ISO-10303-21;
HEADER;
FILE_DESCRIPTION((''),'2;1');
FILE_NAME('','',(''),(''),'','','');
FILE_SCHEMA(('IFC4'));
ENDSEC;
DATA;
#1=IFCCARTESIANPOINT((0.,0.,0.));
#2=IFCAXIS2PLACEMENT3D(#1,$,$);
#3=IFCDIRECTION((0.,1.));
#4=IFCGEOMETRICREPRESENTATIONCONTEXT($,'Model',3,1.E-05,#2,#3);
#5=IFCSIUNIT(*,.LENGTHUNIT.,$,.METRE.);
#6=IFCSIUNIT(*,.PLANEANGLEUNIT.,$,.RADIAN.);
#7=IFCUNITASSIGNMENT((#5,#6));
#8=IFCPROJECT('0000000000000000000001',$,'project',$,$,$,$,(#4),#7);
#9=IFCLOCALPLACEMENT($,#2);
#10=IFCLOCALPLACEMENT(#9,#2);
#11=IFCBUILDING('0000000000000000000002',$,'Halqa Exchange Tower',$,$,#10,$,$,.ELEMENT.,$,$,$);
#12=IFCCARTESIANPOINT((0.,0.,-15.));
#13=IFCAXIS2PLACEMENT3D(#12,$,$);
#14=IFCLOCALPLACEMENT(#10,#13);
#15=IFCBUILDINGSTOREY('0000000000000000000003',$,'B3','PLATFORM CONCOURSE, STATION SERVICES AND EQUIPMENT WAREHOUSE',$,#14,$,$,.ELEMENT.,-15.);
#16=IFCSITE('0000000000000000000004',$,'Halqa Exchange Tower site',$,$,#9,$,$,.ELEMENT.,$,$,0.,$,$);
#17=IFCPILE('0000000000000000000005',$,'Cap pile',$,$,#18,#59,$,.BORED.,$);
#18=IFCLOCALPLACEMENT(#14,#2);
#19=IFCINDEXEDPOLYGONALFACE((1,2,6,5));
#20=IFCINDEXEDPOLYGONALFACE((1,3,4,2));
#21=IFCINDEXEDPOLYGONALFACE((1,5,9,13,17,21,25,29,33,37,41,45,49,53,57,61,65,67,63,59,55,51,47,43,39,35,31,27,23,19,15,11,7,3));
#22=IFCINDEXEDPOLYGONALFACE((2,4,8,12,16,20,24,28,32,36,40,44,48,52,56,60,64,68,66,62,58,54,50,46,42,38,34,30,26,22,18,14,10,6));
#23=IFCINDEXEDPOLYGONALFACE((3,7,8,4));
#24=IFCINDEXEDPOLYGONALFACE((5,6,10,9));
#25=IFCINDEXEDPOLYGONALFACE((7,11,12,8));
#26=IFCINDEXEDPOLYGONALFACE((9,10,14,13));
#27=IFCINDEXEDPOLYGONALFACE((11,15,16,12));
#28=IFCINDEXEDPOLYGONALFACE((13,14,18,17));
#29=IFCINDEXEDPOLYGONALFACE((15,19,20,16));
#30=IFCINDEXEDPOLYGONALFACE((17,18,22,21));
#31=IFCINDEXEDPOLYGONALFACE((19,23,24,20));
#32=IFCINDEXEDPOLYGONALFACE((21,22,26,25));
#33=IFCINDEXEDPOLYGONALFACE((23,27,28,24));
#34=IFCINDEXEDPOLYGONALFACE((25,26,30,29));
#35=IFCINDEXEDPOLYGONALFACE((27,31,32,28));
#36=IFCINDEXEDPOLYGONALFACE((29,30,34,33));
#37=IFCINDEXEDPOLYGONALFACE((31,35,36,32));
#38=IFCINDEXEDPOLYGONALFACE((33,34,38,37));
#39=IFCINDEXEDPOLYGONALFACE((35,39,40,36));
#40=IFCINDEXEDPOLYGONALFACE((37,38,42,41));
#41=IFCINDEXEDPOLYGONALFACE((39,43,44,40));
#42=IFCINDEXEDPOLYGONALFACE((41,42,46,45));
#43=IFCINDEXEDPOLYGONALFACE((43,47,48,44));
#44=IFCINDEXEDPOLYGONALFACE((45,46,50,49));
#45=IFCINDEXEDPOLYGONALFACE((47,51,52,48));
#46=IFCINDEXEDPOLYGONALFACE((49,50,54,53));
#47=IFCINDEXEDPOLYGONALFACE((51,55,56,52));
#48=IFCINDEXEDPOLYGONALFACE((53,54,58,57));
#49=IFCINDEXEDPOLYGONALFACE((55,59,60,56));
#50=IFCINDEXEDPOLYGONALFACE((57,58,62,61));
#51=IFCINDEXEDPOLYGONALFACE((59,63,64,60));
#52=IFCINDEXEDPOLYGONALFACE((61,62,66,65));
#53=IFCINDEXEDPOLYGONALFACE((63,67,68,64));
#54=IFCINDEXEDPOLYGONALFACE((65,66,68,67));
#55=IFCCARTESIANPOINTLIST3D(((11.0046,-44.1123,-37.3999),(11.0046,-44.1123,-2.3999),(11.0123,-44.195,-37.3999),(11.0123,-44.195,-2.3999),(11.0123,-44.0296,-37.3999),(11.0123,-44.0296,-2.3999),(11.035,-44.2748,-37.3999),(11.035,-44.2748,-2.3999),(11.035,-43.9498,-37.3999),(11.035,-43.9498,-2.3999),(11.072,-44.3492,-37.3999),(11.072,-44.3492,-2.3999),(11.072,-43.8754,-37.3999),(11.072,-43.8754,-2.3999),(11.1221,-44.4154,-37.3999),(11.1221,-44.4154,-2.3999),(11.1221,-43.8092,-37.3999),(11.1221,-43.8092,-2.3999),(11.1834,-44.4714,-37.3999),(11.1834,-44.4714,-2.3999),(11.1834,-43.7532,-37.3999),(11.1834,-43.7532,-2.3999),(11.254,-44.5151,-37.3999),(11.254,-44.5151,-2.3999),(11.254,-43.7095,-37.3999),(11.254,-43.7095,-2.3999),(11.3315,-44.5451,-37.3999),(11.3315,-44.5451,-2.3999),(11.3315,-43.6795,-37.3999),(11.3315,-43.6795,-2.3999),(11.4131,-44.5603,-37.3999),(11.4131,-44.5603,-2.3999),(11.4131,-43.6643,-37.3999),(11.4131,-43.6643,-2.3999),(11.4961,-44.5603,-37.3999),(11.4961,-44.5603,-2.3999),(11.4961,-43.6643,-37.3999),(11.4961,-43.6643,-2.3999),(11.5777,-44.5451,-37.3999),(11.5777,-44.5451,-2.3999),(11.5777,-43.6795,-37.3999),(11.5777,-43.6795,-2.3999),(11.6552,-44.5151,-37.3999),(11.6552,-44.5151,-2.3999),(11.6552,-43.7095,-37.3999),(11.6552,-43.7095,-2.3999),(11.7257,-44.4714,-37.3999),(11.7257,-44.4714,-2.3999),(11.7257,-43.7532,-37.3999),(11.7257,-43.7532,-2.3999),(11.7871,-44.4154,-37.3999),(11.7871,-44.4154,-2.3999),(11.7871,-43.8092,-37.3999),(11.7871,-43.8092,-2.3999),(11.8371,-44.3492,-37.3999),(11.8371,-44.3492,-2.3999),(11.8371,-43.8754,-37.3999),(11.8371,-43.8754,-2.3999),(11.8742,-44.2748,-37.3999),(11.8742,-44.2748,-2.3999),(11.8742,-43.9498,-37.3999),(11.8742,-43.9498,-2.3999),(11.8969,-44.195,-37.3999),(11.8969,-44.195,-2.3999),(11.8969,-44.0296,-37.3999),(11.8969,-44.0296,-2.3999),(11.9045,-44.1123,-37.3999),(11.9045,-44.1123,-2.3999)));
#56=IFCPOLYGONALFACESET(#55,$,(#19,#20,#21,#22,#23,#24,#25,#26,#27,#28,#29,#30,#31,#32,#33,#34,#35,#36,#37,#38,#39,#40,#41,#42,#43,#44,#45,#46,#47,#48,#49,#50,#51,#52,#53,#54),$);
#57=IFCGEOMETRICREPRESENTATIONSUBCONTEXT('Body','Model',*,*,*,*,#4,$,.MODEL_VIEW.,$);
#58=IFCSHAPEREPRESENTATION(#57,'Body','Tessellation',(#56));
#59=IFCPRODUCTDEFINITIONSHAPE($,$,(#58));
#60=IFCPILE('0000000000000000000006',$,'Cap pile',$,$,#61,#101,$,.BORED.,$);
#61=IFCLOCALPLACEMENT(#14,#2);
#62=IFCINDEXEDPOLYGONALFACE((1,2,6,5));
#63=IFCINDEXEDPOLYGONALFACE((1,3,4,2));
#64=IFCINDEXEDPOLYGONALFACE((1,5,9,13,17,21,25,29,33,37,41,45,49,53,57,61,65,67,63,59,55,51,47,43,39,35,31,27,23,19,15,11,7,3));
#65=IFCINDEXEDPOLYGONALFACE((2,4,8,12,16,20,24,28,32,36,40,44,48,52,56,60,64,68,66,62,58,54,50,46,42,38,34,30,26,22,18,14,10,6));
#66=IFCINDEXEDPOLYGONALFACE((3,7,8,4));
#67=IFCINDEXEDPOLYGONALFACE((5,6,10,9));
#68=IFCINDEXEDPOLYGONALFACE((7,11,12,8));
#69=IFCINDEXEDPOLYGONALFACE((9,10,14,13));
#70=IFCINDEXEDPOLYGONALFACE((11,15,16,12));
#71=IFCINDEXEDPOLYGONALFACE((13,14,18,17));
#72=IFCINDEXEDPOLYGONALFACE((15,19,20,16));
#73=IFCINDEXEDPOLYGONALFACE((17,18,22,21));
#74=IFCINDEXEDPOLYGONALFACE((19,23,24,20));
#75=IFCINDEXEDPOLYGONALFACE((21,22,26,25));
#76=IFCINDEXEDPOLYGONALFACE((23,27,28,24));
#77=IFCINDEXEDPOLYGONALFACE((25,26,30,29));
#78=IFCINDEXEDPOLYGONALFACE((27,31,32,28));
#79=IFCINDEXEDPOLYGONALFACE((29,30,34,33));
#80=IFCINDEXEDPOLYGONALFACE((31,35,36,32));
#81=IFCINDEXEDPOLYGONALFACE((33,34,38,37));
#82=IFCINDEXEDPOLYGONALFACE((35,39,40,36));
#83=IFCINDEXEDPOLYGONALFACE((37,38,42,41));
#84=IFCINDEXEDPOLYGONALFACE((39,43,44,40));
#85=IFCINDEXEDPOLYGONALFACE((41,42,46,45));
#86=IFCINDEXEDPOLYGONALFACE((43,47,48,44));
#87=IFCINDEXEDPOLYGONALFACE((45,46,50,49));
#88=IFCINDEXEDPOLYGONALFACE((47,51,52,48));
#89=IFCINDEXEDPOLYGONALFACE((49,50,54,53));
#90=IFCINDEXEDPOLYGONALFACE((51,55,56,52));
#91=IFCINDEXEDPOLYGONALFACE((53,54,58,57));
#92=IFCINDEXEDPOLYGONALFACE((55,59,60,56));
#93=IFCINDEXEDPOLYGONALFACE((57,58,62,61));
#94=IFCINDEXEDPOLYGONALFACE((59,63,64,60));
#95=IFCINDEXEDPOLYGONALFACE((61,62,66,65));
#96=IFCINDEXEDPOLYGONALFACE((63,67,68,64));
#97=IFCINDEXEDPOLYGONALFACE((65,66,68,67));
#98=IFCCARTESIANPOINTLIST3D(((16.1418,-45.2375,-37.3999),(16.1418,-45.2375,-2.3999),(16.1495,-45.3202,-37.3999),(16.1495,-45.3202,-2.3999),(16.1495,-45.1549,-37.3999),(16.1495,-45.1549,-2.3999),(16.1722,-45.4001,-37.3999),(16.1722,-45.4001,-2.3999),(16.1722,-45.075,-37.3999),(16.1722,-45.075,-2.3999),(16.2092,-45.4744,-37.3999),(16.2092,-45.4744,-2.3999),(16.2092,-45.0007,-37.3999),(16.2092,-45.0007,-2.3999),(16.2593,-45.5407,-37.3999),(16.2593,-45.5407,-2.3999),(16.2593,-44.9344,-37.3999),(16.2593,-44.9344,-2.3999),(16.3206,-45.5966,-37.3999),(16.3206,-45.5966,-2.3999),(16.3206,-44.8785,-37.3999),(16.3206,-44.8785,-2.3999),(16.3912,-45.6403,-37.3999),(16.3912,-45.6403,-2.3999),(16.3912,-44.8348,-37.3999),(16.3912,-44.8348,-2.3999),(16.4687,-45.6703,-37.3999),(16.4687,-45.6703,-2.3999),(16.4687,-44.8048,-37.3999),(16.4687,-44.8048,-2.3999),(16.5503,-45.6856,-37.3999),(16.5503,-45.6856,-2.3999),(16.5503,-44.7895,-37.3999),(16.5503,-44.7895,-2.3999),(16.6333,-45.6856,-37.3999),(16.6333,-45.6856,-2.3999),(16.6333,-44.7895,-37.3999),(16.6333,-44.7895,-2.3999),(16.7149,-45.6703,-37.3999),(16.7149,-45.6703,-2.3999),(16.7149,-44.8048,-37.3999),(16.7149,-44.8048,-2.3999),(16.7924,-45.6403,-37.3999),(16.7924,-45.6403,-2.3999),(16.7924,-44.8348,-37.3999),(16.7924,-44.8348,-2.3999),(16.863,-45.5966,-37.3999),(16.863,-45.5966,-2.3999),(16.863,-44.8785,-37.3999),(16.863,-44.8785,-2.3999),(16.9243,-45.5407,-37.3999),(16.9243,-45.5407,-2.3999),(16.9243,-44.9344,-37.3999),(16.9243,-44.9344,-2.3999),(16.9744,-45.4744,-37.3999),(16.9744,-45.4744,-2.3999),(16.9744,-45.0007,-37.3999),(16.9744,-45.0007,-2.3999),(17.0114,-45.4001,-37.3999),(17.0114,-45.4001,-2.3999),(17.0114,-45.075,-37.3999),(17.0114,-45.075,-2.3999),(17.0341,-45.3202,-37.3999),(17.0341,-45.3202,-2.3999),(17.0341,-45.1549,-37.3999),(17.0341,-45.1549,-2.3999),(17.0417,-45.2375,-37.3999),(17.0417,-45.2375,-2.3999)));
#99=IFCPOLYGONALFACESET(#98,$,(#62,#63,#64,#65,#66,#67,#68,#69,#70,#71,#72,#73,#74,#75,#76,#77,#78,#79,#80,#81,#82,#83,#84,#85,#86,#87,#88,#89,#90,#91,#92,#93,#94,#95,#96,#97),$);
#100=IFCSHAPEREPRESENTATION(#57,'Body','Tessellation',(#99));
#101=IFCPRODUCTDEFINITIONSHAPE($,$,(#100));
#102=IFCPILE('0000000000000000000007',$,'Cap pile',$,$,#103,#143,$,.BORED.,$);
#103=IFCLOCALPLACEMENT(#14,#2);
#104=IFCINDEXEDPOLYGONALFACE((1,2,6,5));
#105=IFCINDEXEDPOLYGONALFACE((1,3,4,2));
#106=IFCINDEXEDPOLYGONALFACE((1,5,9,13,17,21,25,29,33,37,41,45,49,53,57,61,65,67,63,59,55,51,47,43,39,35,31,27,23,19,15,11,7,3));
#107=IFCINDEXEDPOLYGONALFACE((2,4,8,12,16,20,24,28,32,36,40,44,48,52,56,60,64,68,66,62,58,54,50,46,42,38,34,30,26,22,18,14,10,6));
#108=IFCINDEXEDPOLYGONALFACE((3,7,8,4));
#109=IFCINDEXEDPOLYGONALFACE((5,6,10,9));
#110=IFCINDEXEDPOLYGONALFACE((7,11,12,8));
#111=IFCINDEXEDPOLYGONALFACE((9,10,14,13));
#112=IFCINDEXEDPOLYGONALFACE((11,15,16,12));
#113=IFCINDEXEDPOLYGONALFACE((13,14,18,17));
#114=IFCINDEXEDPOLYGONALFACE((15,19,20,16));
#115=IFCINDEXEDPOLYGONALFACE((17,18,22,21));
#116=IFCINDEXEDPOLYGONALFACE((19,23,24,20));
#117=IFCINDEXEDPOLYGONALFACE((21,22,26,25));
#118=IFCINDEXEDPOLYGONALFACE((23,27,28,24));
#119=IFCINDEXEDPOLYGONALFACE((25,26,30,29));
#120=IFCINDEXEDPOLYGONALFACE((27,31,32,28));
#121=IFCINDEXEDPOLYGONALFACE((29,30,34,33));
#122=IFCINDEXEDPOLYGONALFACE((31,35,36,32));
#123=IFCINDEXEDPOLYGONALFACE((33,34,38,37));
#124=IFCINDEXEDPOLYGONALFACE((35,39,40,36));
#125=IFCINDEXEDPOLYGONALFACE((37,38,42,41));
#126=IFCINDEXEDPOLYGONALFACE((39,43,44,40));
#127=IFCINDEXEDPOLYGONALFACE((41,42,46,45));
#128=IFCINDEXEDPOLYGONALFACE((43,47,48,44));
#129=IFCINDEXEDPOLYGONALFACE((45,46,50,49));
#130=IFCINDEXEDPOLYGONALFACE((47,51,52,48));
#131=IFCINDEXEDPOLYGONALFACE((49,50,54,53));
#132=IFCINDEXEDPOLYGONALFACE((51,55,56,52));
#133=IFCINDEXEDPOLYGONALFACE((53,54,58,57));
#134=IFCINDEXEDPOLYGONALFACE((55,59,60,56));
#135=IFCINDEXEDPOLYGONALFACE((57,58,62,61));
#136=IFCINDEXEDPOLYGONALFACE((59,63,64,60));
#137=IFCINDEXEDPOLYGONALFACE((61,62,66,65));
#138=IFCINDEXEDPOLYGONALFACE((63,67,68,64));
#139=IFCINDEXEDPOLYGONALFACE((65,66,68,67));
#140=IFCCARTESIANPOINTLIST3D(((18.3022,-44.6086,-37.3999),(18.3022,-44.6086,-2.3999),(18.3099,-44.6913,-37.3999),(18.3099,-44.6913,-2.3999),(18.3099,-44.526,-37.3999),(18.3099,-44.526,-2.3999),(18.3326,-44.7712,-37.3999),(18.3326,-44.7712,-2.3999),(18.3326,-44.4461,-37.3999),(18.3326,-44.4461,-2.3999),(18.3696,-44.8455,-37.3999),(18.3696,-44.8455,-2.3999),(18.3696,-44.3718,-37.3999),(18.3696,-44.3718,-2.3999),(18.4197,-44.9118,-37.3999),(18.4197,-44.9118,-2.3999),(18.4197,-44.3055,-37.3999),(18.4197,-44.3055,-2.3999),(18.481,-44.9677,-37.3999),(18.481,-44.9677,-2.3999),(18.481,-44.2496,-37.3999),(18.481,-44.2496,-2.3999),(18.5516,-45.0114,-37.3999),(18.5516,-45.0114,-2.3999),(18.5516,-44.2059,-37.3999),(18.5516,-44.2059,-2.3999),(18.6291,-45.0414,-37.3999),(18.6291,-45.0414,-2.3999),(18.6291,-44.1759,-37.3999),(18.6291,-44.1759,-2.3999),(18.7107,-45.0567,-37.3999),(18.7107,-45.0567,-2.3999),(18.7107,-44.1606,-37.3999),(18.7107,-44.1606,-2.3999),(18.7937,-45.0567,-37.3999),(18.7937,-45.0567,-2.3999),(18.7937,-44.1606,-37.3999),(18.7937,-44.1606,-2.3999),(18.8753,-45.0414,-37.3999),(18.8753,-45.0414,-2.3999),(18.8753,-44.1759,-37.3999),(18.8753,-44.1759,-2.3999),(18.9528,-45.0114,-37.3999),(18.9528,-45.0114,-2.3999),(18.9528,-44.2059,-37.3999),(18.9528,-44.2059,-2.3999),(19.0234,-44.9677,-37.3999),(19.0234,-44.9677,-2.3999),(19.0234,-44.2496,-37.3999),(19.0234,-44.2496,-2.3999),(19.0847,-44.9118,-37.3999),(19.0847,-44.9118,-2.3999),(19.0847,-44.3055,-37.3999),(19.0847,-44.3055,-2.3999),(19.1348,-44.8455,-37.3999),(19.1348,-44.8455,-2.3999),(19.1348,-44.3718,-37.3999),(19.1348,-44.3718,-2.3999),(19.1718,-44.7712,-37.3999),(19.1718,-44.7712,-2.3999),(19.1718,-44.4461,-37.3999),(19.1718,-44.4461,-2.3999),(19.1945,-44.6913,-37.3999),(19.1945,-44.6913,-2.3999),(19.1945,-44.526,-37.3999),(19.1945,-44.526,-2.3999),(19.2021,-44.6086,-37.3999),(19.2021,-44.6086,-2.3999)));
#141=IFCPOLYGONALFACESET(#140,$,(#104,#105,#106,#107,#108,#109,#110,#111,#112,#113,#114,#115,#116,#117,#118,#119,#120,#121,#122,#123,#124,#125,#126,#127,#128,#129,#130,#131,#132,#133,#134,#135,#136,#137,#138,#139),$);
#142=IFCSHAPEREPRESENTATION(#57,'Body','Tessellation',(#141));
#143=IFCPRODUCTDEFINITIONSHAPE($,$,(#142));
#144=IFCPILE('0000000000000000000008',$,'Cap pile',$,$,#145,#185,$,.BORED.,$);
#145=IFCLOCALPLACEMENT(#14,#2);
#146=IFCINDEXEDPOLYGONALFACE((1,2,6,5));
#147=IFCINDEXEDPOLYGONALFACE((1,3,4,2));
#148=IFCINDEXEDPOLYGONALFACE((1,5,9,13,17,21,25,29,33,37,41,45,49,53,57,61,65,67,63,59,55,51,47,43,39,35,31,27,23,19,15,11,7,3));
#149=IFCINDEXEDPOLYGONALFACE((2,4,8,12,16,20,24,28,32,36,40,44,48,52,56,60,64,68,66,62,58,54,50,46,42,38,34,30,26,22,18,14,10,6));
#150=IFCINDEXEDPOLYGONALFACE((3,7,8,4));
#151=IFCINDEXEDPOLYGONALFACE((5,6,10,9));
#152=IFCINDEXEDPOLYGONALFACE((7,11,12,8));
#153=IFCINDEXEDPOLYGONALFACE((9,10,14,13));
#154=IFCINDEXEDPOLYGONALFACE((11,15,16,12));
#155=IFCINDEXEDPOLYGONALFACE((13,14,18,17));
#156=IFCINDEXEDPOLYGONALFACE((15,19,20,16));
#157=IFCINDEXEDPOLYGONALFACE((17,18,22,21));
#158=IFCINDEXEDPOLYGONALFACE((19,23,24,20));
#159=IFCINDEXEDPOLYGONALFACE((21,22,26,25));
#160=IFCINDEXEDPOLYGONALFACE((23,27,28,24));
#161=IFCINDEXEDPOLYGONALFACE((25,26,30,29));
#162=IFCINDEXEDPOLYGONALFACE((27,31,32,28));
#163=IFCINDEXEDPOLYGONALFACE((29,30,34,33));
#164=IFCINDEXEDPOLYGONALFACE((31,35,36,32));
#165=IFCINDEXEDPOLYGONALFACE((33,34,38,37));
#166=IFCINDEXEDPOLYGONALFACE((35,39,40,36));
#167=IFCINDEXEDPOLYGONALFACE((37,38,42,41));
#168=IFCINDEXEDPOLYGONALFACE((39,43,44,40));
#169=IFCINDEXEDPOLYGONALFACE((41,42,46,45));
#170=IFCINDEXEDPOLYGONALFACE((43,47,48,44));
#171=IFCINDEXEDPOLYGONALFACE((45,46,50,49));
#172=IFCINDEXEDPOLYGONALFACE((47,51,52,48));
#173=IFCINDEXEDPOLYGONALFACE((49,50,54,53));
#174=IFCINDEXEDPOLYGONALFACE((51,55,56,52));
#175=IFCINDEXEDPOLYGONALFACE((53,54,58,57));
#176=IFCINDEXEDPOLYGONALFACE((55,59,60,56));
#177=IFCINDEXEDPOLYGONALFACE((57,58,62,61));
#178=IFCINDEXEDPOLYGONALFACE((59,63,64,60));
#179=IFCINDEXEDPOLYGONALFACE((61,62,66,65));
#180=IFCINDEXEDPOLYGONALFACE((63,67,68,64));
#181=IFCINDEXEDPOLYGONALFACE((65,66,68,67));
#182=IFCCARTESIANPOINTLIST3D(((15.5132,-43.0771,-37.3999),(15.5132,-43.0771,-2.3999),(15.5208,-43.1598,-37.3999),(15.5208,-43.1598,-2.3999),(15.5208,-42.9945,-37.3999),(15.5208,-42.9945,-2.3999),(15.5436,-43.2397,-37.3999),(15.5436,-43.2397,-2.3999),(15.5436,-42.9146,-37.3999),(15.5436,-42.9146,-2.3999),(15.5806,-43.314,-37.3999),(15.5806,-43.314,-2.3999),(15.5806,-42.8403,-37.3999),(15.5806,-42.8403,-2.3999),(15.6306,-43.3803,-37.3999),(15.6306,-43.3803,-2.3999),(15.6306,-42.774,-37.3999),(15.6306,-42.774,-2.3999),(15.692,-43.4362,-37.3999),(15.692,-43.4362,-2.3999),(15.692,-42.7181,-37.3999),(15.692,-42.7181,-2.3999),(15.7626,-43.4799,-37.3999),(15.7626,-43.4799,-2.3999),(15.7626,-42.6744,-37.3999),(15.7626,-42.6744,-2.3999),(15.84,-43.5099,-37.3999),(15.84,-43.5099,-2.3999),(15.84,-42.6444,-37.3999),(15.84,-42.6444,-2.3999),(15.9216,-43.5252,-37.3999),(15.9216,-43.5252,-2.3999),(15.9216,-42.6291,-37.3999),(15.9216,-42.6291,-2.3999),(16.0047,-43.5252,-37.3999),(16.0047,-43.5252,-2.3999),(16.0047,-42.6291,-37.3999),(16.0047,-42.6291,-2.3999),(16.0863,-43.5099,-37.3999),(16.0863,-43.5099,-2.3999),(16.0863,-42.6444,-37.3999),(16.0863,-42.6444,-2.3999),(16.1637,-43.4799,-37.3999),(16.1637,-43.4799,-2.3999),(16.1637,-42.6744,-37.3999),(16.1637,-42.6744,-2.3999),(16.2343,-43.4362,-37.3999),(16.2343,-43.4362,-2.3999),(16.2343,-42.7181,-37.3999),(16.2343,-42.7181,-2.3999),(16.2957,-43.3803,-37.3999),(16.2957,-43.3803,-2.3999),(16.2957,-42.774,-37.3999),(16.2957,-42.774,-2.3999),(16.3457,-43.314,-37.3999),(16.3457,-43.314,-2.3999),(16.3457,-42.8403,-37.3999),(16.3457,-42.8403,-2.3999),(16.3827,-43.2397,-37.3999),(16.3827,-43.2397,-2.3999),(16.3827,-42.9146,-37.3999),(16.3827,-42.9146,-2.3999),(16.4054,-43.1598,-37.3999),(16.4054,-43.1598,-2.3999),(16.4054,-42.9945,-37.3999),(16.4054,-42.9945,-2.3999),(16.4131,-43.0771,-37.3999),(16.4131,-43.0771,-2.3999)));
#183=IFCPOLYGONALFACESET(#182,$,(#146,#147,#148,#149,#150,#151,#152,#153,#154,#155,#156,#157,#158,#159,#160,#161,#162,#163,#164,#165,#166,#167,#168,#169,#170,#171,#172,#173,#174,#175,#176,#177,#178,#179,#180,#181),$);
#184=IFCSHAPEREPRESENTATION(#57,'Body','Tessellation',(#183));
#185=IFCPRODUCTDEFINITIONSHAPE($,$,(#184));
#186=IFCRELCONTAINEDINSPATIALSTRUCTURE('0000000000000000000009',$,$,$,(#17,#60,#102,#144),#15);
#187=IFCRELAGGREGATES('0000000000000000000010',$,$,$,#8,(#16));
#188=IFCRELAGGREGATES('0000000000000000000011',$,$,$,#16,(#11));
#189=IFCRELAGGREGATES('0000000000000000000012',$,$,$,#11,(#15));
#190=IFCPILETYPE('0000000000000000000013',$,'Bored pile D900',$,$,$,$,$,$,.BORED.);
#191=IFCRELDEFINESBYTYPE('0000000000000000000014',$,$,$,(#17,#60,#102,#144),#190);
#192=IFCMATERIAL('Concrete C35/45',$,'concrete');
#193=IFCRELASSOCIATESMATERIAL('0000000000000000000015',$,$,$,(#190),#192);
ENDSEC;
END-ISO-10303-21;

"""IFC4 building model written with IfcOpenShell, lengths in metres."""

from ifc_helpers import new_model, si_unit, direction, frame, origin, origin_2d, place, context, subcontext, project, spatial, circle, extrude, material, material_profile, profile_set, type_object, element, save


model = new_model("IFC4")

# Units and contexts
model_context = context("Model", 3, precision=1e-05, world=origin(), true_north=direction((0.0, 1.0)))
body_context = subcontext(model_context, "Body", "Model", "MODEL_VIEW")
ifc_project = project(units=[si_unit("LENGTHUNIT", "METRE"), si_unit("PLANEANGLEUNIT", "RADIAN")], contexts=[model_context])

# Site, building, storey
site_placement = place(None, origin())
site = spatial("IfcSite", under=ifc_project, at=site_placement, Name="Halqa Exchange Tower site", CompositionType="ELEMENT", RefElevation=0.0)
building_placement = place(site_placement, origin())
building = spatial("IfcBuilding", under=site, at=building_placement, Name="Halqa Exchange Tower", CompositionType="ELEMENT")
storey_placement = place(building_placement, frame((0.0, 0.0, -15.0)))
storey = spatial("IfcBuildingStorey", under=building, at=storey_placement, Name="B3", Description="PLATFORM CONCOURSE, STATION SERVICES AND EQUIPMENT WAREHOUSE", CompositionType="ELEMENT", Elevation=-15.0)

# Piles
ifc_material_1 = material(Name="Concrete C35/45", Category="concrete")
ifc_material_profile_1 = material_profile(ifc_material_1, circle(Radius=0.45, at=origin_2d()), Name="D900")
ifc_profile_set_1 = profile_set([ifc_material_profile_1], Name="Concrete C35/45")
pile_type_1 = type_object("IfcPileType", Name="Bored pile D900", PredefinedType="BORED", material=ifc_profile_set_1)
for number, where, z_axis, x_axis, name in (
    (1, (11.4546, -44.1123, -2.3999), (0.0, 0.0, -1.0), (1.0, 0.0, 0.0), "Cap pile"),
    (2, (16.5918, -45.2375, -2.3999), (0.0, 0.0, -1.0), (1.0, 0.0, 0.0), "Cap pile"),
    (3, (18.7522, -44.6086, -2.3999), (0.0, 0.0, -1.0), (1.0, 0.0, 0.0), "Cap pile"),
    (4, (15.9631, -43.0771, -2.3999), (0.0, 0.0, -1.0), (1.0, 0.0, 0.0), "Cap pile"),
):
    element("IfcPile", number, at=place(storey_placement, frame(where, z_axis=z_axis, x_axis=x_axis)), inside=storey, type_object=pile_type_1, Name=name, PredefinedType="BORED", context=body_context, shape_type="SweptSolid", body=[
        extrude(circle(Radius=0.45, at=origin_2d()), origin(), (0.0, 0.0, 1.0), 35.0),
    ])

save(model, "model.ifc")
